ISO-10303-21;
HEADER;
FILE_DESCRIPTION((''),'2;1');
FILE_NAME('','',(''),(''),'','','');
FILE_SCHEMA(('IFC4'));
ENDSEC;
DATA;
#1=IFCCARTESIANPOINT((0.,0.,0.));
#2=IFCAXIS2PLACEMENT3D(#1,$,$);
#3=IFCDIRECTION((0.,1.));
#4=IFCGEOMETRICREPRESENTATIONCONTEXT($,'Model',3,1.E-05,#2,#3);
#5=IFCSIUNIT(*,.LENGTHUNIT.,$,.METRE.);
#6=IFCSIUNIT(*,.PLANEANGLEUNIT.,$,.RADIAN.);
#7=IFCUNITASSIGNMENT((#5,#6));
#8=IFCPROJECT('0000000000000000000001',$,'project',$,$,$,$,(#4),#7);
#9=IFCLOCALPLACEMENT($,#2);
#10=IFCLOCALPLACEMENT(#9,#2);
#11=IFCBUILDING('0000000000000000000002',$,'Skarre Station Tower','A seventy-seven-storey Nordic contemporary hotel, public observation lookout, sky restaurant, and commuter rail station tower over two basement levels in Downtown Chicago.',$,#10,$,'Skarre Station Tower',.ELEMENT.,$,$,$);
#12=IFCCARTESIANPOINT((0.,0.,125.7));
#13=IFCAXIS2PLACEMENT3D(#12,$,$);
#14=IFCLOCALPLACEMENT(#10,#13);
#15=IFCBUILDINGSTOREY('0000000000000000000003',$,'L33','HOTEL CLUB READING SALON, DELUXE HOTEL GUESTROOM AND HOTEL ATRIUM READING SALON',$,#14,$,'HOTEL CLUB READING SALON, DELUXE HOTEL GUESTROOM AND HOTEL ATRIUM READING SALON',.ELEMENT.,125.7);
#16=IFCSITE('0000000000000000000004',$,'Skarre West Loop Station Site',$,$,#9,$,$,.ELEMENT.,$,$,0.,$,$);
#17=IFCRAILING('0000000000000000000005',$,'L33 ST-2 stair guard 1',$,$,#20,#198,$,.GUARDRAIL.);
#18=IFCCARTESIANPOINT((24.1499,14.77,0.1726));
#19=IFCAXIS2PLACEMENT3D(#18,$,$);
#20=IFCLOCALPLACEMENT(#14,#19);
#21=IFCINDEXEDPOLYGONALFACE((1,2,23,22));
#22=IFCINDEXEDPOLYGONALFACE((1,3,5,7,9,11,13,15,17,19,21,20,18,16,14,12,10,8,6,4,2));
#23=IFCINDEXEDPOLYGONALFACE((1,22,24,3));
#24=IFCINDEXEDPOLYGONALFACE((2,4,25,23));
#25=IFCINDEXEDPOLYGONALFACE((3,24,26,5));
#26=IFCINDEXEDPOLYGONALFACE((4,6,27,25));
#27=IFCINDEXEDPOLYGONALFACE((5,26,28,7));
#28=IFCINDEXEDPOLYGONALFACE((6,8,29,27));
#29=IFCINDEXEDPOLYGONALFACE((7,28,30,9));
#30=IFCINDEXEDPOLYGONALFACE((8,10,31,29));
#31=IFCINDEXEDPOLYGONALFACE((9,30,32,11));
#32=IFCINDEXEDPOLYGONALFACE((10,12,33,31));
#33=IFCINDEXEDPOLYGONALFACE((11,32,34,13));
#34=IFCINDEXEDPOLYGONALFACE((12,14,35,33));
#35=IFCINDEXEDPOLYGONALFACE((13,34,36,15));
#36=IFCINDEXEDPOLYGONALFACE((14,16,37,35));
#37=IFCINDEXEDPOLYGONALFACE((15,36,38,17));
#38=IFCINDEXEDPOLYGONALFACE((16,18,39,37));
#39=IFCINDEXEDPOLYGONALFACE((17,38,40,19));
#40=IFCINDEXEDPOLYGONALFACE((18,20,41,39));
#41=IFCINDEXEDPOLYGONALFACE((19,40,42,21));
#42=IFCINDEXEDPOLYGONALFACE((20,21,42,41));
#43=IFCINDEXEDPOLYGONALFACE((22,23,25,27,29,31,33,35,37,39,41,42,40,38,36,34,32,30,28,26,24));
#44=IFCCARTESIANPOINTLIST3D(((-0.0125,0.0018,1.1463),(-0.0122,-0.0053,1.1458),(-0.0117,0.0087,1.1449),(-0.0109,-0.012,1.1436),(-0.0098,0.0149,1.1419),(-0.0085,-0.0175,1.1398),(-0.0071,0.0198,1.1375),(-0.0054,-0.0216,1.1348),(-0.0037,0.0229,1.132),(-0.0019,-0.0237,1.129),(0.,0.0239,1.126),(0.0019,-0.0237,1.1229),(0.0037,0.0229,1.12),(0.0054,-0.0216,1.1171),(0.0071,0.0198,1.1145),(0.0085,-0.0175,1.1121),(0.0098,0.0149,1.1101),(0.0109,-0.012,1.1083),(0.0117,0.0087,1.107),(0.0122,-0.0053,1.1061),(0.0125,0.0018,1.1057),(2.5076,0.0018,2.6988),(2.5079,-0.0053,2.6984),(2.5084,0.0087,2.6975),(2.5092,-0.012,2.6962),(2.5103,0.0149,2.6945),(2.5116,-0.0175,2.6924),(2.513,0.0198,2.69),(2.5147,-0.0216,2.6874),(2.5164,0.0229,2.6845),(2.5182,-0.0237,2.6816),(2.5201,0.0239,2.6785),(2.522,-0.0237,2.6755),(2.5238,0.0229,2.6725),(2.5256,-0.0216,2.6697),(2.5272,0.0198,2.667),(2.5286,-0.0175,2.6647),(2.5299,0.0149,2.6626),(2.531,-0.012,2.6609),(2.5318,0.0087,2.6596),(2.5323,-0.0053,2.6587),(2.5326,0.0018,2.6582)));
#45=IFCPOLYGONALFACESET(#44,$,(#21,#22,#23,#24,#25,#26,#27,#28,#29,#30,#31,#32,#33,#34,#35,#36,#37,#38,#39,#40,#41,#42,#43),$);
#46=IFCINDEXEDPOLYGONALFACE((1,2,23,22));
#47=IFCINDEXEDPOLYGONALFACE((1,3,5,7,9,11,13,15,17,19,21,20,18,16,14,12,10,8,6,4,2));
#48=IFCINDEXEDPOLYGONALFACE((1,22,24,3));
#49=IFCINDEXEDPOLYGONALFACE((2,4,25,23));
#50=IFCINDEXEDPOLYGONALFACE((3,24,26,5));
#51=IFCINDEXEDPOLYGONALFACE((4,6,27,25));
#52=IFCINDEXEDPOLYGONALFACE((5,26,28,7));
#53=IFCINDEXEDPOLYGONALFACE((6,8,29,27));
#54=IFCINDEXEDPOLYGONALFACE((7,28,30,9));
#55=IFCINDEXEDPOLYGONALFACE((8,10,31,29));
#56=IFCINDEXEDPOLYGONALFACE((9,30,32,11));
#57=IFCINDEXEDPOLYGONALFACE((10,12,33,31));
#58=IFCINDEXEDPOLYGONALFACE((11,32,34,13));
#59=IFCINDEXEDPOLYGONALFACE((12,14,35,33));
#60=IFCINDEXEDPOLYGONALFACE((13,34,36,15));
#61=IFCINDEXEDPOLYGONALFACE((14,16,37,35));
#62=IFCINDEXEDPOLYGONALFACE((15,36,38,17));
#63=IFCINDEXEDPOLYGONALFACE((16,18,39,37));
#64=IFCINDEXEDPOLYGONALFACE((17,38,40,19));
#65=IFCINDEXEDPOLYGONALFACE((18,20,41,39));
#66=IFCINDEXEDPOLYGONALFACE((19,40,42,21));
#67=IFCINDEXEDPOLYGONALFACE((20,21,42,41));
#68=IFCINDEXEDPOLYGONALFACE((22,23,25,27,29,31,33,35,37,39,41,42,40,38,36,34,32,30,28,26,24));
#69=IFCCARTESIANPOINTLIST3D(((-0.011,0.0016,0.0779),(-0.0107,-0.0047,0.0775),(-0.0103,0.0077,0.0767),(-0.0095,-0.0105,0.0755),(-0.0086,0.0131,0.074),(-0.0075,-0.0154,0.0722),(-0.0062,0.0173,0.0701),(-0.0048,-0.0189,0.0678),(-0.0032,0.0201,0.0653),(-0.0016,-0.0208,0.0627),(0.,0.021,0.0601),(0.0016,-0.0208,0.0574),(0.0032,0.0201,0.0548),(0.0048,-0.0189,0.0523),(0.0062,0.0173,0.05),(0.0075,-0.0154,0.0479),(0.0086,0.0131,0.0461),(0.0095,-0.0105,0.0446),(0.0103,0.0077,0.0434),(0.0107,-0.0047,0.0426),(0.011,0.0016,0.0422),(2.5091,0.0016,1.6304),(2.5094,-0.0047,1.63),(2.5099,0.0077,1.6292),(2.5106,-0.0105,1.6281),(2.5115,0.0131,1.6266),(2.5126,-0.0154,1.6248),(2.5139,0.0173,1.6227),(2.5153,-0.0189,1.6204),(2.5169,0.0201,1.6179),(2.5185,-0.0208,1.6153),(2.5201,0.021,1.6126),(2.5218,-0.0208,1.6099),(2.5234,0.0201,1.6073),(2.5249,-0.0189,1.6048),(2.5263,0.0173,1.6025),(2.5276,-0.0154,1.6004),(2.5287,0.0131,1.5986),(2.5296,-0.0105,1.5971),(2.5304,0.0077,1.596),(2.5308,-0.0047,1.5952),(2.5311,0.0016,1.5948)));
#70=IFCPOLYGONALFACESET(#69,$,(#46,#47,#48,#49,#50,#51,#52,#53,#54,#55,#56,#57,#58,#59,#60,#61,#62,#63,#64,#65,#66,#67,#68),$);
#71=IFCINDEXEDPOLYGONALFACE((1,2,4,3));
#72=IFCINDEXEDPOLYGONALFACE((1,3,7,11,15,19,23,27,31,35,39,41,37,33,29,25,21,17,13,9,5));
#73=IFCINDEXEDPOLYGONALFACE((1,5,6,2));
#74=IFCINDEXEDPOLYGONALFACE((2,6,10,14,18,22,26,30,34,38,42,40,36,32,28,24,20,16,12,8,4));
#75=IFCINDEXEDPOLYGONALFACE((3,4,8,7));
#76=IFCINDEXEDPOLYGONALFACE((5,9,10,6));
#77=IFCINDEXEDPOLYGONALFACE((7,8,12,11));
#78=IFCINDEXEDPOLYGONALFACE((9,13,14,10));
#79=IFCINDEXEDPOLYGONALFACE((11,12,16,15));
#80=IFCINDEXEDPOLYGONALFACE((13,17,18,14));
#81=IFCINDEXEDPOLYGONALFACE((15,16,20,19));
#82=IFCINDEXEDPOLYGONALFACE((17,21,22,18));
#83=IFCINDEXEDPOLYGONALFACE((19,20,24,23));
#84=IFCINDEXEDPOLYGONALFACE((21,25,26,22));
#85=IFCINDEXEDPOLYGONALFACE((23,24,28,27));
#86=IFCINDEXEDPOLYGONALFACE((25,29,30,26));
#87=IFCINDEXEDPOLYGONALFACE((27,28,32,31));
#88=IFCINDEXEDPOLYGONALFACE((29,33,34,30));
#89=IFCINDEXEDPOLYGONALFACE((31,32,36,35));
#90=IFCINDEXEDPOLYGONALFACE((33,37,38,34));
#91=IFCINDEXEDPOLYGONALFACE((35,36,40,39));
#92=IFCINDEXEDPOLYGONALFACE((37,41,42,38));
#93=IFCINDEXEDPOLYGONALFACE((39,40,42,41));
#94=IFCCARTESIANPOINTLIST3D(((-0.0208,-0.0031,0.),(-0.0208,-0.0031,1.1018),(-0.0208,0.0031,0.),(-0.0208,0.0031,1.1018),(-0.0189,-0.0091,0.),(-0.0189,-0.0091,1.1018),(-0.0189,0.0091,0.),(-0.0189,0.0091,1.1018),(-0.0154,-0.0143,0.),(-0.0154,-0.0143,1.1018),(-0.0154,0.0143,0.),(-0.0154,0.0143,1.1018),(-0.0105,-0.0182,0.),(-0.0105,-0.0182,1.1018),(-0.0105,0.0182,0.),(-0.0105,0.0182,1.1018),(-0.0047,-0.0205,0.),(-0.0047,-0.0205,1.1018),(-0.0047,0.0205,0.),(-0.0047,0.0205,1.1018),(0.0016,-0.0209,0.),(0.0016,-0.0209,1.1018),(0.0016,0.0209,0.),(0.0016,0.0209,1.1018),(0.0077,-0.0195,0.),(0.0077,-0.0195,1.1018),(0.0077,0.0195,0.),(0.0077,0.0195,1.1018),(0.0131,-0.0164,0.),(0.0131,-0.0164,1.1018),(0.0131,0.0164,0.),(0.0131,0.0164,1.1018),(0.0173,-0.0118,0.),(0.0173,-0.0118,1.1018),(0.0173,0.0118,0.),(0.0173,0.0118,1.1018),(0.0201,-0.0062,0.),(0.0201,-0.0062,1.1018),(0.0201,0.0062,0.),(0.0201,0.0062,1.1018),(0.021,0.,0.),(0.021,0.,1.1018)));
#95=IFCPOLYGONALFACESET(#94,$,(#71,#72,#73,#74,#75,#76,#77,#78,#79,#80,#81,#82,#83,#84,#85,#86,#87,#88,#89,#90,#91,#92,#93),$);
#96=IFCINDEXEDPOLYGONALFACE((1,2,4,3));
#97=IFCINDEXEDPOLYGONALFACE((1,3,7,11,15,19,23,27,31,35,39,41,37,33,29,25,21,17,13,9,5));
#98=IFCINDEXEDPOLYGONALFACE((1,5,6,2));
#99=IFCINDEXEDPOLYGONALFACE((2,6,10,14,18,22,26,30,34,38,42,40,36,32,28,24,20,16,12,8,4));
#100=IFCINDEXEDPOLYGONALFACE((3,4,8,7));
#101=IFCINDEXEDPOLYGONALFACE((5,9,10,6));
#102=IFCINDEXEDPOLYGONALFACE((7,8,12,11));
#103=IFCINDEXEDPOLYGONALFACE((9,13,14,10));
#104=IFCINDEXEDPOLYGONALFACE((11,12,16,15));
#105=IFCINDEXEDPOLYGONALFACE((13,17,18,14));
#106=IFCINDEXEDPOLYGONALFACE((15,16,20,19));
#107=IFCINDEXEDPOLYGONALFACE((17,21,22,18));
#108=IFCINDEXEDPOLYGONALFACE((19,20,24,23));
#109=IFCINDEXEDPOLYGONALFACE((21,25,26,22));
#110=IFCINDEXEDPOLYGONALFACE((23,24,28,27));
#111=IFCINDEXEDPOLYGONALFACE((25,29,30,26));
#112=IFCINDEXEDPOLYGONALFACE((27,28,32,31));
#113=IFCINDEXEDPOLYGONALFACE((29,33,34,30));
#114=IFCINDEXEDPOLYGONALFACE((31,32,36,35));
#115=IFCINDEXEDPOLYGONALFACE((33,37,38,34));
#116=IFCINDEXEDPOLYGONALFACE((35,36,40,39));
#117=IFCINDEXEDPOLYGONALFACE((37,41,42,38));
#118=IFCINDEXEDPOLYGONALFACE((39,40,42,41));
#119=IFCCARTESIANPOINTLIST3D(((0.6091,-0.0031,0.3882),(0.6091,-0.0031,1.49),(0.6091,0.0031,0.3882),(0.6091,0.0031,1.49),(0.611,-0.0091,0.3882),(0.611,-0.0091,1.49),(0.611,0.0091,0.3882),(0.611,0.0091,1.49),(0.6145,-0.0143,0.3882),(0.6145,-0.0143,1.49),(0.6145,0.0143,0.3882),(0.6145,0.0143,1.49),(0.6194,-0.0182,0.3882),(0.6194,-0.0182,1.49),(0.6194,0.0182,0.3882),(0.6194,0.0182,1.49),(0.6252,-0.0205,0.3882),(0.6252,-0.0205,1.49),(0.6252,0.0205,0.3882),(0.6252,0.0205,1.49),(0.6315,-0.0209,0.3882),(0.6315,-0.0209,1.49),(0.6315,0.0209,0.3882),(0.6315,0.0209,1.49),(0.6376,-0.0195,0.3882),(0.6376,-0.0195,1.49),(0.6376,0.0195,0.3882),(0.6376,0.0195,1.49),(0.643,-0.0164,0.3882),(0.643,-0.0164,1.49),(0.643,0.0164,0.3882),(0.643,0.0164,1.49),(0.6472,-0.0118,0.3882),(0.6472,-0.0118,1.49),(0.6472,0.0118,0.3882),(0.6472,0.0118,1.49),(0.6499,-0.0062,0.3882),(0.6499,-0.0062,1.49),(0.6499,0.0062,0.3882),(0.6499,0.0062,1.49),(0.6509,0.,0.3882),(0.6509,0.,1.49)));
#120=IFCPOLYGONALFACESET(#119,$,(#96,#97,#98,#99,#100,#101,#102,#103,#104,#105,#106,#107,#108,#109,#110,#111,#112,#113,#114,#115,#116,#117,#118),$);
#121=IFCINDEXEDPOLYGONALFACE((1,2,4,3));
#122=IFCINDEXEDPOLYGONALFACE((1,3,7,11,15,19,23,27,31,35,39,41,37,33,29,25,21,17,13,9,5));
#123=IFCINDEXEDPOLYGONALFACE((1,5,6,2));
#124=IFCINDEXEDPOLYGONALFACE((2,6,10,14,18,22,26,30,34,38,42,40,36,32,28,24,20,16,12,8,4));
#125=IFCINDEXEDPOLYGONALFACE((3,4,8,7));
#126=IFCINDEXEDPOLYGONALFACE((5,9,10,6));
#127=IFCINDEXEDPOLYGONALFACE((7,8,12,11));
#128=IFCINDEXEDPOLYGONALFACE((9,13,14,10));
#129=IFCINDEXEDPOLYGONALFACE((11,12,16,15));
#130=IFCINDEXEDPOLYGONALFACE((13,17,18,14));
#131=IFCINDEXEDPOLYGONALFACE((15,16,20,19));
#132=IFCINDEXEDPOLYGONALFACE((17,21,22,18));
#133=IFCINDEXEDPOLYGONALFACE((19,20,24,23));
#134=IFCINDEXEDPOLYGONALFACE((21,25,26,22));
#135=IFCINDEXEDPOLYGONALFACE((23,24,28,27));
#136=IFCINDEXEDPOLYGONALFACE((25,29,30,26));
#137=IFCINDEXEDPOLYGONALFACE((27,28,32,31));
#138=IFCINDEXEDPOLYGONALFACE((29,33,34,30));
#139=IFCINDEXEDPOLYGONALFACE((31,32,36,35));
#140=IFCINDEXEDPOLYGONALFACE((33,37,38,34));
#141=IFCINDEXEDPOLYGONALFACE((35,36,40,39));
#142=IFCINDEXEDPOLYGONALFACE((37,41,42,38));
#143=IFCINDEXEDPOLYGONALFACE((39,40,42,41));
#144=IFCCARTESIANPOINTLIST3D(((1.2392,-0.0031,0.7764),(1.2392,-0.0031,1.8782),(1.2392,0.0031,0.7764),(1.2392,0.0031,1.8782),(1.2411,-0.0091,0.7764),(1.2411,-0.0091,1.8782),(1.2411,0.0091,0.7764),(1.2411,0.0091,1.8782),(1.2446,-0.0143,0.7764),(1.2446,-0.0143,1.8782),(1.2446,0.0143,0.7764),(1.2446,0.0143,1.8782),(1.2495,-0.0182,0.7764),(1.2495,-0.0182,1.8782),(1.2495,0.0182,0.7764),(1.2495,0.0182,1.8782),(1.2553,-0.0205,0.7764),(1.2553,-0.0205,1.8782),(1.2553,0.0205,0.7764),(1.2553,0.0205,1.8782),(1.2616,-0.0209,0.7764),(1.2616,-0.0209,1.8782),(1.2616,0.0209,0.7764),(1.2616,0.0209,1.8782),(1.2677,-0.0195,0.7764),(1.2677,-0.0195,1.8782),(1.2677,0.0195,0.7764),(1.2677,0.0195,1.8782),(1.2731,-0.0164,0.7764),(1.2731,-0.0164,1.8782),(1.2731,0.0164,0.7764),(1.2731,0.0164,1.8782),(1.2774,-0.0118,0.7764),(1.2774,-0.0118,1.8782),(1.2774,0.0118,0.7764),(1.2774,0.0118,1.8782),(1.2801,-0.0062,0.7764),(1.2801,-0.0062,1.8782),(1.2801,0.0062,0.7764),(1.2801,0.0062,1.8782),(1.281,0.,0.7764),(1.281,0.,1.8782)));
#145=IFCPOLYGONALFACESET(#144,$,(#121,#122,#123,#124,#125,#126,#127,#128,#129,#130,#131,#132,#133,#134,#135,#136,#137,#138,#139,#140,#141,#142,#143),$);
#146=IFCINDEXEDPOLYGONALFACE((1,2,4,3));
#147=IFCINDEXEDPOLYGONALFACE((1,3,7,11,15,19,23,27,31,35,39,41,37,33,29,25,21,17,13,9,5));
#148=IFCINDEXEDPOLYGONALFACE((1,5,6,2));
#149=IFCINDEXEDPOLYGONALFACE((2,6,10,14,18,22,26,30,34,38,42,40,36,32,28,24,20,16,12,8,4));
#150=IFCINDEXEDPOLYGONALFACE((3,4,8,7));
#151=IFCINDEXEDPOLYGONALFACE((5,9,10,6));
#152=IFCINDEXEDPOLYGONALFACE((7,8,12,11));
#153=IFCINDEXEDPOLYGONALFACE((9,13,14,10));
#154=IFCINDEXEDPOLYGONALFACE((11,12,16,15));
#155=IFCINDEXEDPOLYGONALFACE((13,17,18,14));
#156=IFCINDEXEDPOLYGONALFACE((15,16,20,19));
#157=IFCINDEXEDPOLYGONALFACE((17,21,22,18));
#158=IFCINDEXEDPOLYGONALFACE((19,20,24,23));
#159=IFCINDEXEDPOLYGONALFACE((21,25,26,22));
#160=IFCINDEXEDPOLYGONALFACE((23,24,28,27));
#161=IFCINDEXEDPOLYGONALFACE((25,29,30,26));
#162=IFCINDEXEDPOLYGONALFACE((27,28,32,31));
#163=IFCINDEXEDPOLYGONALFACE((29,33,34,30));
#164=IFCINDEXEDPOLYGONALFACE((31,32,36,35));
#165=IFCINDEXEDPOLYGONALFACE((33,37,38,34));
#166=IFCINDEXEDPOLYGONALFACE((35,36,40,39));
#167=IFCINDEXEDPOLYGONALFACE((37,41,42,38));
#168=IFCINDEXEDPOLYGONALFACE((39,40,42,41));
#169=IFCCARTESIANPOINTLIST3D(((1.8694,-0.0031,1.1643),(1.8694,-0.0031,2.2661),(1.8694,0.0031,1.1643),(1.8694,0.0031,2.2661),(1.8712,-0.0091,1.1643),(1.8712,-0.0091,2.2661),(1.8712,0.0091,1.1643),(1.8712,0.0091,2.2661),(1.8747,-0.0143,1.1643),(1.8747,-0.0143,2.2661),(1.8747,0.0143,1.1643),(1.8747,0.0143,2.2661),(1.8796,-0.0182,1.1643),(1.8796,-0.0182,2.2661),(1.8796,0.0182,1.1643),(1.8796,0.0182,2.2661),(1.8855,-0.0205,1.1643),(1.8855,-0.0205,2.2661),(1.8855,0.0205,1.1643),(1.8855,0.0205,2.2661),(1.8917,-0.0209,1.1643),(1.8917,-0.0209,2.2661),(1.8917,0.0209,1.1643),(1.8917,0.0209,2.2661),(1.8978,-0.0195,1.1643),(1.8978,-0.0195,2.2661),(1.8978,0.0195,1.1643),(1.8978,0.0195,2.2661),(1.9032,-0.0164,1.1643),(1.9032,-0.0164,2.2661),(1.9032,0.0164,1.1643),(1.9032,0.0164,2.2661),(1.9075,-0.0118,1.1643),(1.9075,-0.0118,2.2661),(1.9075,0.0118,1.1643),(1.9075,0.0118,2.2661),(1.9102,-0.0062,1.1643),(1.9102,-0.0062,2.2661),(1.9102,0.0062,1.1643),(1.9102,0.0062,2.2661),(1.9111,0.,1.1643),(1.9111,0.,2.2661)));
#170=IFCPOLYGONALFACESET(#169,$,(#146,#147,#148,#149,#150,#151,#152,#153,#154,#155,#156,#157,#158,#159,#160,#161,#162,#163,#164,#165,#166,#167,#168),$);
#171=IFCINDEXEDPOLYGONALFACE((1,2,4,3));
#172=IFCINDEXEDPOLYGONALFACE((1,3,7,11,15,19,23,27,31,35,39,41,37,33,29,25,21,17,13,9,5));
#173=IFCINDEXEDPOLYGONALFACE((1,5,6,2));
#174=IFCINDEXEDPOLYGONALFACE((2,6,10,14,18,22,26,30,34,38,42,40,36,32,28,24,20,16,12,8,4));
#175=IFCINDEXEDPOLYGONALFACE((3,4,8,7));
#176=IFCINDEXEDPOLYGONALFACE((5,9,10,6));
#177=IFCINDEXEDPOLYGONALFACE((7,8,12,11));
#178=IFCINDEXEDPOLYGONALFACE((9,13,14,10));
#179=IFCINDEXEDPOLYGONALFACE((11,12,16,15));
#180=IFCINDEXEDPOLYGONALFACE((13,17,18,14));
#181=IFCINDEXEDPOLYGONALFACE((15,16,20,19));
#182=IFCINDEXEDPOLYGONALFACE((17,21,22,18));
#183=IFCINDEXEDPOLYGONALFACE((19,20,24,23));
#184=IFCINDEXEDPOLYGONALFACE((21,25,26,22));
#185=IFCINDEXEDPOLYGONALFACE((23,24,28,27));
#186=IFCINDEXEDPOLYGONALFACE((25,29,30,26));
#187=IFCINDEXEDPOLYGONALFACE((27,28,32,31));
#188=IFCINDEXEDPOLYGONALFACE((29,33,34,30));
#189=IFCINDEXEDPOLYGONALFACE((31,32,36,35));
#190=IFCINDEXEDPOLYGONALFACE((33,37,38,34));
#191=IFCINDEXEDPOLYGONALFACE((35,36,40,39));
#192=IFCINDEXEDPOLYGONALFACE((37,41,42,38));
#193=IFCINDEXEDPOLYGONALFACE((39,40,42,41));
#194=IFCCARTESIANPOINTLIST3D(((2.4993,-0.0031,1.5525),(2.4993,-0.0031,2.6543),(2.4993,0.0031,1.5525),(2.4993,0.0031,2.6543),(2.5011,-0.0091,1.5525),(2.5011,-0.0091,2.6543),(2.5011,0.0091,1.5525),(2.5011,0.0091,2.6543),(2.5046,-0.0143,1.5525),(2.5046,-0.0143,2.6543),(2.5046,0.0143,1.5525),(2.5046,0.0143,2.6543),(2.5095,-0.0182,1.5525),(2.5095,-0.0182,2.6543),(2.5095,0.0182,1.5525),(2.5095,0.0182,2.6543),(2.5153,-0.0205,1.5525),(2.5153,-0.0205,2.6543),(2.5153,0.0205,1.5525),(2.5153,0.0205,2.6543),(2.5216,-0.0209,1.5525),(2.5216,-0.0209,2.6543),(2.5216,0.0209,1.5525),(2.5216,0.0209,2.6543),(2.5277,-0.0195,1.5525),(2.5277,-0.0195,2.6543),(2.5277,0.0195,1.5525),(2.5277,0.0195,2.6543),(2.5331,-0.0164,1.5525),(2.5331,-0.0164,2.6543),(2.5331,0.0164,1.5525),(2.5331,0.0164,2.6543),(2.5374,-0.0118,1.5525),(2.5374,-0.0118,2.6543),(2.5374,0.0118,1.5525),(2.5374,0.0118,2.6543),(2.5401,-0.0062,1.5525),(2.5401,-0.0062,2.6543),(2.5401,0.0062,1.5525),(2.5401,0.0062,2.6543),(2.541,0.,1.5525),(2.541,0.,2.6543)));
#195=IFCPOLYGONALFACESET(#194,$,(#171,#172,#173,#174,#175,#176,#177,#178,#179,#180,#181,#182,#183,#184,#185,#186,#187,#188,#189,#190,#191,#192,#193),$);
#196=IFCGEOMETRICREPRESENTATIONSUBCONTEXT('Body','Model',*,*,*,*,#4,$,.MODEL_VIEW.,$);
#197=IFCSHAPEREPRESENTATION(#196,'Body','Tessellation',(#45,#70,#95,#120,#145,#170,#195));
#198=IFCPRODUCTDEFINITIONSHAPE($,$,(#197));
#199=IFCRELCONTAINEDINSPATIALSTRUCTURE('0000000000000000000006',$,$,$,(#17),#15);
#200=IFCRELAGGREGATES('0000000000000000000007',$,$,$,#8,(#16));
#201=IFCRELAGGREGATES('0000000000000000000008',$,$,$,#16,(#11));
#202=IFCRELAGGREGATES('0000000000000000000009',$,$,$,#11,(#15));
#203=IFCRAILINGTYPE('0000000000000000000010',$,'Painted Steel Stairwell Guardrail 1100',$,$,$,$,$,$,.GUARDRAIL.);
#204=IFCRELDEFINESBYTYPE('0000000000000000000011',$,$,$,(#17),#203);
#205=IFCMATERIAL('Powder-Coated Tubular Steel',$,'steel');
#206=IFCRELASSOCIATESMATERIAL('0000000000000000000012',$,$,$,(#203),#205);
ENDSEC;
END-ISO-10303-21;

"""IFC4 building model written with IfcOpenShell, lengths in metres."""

from ifc_helpers import new_model, si_unit, direction, frame, origin, origin_2d, place, context, subcontext, project, spatial, circle, extrude, material, type_object, element, save


model = new_model("IFC4")

# Units and contexts
model_context = context("Model", 3, precision=1e-05, world=origin(), true_north=direction((0.0, 1.0)))
body_context = subcontext(model_context, "Body", "Model", "MODEL_VIEW")
ifc_project = project(units=[si_unit("LENGTHUNIT", "METRE"), si_unit("PLANEANGLEUNIT", "RADIAN")], contexts=[model_context])

# Site, building, storey
site_placement = place(None, origin())
site = spatial("IfcSite", under=ifc_project, at=site_placement, Name="Skarre West Loop Station Site", CompositionType="ELEMENT", RefElevation=0.0)
building_placement = place(site_placement, origin())
building = spatial("IfcBuilding", under=site, at=building_placement, Name="Skarre Station Tower", Description="A seventy-seven-storey Nordic contemporary hotel, public observation lookout, sky restaurant, and commuter rail station tower over two basement levels in Downtown Chicago.", LongName="Skarre Station Tower", CompositionType="ELEMENT")
storey_placement = place(building_placement, frame((0.0, 0.0, 125.7)))
storey = spatial("IfcBuildingStorey", under=building, at=storey_placement, Name="L33", Description="HOTEL CLUB READING SALON, DELUXE HOTEL GUESTROOM AND HOTEL ATRIUM READING SALON", LongName="HOTEL CLUB READING SALON, DELUXE HOTEL GUESTROOM AND HOTEL ATRIUM READING SALON", CompositionType="ELEMENT", Elevation=125.7)

# Railing
ifc_material_1 = material(Name="Powder-Coated Tubular Steel", Category="steel")
railing_type_1 = type_object("IfcRailingType", Name="Painted Steel Stairwell Guardrail 1100", PredefinedType="GUARDRAIL", material=ifc_material_1)
railing_1_placement = place(storey_placement, frame((24.1499, 14.77, 0.1726)))
element("IfcRailing", 1, at=railing_1_placement, inside=storey, type_object=railing_type_1, Name="L33 ST-2 stair guard 1", PredefinedType="GUARDRAIL", context=body_context, shape_type="SweptSolid", body=[
    extrude(circle(Radius=0.0239, at=origin_2d()), frame((0.0, 0.0, 1.126), z_axis=(0.8514, 0.0, 0.524516), x_axis=(0.0, 1.0, 0.0)), (0.0, 0.0, 1.0), 2.96),
    extrude(circle(Radius=0.021, at=origin_2d()), frame((0.0, 0.0, 0.0601), z_axis=(0.8514, 0.0, 0.524516), x_axis=(0.0, 1.0, 0.0)), (0.0, 0.0, 1.0), 2.96),
    extrude(circle(Radius=0.021, at=origin_2d()), origin(), (0.0, 0.0, 1.0), 1.1018),
    extrude(circle(Radius=0.021, at=origin_2d()), frame((0.6299, 0.0, 0.3882)), (0.0, 0.0, 1.0), 1.1018),
    extrude(circle(Radius=0.021, at=origin_2d()), frame((1.26, 0.0, 0.7764)), (0.0, 0.0, 1.0), 1.1018),
    extrude(circle(Radius=0.021, at=origin_2d()), frame((1.8901, 0.0, 1.1643)), (0.0, 0.0, 1.0), 1.1018),
    extrude(circle(Radius=0.021, at=origin_2d()), frame((2.52, 0.0, 1.5525)), (0.0, 0.0, 1.0), 1.1018),
])

save(model, "model.ifc")
